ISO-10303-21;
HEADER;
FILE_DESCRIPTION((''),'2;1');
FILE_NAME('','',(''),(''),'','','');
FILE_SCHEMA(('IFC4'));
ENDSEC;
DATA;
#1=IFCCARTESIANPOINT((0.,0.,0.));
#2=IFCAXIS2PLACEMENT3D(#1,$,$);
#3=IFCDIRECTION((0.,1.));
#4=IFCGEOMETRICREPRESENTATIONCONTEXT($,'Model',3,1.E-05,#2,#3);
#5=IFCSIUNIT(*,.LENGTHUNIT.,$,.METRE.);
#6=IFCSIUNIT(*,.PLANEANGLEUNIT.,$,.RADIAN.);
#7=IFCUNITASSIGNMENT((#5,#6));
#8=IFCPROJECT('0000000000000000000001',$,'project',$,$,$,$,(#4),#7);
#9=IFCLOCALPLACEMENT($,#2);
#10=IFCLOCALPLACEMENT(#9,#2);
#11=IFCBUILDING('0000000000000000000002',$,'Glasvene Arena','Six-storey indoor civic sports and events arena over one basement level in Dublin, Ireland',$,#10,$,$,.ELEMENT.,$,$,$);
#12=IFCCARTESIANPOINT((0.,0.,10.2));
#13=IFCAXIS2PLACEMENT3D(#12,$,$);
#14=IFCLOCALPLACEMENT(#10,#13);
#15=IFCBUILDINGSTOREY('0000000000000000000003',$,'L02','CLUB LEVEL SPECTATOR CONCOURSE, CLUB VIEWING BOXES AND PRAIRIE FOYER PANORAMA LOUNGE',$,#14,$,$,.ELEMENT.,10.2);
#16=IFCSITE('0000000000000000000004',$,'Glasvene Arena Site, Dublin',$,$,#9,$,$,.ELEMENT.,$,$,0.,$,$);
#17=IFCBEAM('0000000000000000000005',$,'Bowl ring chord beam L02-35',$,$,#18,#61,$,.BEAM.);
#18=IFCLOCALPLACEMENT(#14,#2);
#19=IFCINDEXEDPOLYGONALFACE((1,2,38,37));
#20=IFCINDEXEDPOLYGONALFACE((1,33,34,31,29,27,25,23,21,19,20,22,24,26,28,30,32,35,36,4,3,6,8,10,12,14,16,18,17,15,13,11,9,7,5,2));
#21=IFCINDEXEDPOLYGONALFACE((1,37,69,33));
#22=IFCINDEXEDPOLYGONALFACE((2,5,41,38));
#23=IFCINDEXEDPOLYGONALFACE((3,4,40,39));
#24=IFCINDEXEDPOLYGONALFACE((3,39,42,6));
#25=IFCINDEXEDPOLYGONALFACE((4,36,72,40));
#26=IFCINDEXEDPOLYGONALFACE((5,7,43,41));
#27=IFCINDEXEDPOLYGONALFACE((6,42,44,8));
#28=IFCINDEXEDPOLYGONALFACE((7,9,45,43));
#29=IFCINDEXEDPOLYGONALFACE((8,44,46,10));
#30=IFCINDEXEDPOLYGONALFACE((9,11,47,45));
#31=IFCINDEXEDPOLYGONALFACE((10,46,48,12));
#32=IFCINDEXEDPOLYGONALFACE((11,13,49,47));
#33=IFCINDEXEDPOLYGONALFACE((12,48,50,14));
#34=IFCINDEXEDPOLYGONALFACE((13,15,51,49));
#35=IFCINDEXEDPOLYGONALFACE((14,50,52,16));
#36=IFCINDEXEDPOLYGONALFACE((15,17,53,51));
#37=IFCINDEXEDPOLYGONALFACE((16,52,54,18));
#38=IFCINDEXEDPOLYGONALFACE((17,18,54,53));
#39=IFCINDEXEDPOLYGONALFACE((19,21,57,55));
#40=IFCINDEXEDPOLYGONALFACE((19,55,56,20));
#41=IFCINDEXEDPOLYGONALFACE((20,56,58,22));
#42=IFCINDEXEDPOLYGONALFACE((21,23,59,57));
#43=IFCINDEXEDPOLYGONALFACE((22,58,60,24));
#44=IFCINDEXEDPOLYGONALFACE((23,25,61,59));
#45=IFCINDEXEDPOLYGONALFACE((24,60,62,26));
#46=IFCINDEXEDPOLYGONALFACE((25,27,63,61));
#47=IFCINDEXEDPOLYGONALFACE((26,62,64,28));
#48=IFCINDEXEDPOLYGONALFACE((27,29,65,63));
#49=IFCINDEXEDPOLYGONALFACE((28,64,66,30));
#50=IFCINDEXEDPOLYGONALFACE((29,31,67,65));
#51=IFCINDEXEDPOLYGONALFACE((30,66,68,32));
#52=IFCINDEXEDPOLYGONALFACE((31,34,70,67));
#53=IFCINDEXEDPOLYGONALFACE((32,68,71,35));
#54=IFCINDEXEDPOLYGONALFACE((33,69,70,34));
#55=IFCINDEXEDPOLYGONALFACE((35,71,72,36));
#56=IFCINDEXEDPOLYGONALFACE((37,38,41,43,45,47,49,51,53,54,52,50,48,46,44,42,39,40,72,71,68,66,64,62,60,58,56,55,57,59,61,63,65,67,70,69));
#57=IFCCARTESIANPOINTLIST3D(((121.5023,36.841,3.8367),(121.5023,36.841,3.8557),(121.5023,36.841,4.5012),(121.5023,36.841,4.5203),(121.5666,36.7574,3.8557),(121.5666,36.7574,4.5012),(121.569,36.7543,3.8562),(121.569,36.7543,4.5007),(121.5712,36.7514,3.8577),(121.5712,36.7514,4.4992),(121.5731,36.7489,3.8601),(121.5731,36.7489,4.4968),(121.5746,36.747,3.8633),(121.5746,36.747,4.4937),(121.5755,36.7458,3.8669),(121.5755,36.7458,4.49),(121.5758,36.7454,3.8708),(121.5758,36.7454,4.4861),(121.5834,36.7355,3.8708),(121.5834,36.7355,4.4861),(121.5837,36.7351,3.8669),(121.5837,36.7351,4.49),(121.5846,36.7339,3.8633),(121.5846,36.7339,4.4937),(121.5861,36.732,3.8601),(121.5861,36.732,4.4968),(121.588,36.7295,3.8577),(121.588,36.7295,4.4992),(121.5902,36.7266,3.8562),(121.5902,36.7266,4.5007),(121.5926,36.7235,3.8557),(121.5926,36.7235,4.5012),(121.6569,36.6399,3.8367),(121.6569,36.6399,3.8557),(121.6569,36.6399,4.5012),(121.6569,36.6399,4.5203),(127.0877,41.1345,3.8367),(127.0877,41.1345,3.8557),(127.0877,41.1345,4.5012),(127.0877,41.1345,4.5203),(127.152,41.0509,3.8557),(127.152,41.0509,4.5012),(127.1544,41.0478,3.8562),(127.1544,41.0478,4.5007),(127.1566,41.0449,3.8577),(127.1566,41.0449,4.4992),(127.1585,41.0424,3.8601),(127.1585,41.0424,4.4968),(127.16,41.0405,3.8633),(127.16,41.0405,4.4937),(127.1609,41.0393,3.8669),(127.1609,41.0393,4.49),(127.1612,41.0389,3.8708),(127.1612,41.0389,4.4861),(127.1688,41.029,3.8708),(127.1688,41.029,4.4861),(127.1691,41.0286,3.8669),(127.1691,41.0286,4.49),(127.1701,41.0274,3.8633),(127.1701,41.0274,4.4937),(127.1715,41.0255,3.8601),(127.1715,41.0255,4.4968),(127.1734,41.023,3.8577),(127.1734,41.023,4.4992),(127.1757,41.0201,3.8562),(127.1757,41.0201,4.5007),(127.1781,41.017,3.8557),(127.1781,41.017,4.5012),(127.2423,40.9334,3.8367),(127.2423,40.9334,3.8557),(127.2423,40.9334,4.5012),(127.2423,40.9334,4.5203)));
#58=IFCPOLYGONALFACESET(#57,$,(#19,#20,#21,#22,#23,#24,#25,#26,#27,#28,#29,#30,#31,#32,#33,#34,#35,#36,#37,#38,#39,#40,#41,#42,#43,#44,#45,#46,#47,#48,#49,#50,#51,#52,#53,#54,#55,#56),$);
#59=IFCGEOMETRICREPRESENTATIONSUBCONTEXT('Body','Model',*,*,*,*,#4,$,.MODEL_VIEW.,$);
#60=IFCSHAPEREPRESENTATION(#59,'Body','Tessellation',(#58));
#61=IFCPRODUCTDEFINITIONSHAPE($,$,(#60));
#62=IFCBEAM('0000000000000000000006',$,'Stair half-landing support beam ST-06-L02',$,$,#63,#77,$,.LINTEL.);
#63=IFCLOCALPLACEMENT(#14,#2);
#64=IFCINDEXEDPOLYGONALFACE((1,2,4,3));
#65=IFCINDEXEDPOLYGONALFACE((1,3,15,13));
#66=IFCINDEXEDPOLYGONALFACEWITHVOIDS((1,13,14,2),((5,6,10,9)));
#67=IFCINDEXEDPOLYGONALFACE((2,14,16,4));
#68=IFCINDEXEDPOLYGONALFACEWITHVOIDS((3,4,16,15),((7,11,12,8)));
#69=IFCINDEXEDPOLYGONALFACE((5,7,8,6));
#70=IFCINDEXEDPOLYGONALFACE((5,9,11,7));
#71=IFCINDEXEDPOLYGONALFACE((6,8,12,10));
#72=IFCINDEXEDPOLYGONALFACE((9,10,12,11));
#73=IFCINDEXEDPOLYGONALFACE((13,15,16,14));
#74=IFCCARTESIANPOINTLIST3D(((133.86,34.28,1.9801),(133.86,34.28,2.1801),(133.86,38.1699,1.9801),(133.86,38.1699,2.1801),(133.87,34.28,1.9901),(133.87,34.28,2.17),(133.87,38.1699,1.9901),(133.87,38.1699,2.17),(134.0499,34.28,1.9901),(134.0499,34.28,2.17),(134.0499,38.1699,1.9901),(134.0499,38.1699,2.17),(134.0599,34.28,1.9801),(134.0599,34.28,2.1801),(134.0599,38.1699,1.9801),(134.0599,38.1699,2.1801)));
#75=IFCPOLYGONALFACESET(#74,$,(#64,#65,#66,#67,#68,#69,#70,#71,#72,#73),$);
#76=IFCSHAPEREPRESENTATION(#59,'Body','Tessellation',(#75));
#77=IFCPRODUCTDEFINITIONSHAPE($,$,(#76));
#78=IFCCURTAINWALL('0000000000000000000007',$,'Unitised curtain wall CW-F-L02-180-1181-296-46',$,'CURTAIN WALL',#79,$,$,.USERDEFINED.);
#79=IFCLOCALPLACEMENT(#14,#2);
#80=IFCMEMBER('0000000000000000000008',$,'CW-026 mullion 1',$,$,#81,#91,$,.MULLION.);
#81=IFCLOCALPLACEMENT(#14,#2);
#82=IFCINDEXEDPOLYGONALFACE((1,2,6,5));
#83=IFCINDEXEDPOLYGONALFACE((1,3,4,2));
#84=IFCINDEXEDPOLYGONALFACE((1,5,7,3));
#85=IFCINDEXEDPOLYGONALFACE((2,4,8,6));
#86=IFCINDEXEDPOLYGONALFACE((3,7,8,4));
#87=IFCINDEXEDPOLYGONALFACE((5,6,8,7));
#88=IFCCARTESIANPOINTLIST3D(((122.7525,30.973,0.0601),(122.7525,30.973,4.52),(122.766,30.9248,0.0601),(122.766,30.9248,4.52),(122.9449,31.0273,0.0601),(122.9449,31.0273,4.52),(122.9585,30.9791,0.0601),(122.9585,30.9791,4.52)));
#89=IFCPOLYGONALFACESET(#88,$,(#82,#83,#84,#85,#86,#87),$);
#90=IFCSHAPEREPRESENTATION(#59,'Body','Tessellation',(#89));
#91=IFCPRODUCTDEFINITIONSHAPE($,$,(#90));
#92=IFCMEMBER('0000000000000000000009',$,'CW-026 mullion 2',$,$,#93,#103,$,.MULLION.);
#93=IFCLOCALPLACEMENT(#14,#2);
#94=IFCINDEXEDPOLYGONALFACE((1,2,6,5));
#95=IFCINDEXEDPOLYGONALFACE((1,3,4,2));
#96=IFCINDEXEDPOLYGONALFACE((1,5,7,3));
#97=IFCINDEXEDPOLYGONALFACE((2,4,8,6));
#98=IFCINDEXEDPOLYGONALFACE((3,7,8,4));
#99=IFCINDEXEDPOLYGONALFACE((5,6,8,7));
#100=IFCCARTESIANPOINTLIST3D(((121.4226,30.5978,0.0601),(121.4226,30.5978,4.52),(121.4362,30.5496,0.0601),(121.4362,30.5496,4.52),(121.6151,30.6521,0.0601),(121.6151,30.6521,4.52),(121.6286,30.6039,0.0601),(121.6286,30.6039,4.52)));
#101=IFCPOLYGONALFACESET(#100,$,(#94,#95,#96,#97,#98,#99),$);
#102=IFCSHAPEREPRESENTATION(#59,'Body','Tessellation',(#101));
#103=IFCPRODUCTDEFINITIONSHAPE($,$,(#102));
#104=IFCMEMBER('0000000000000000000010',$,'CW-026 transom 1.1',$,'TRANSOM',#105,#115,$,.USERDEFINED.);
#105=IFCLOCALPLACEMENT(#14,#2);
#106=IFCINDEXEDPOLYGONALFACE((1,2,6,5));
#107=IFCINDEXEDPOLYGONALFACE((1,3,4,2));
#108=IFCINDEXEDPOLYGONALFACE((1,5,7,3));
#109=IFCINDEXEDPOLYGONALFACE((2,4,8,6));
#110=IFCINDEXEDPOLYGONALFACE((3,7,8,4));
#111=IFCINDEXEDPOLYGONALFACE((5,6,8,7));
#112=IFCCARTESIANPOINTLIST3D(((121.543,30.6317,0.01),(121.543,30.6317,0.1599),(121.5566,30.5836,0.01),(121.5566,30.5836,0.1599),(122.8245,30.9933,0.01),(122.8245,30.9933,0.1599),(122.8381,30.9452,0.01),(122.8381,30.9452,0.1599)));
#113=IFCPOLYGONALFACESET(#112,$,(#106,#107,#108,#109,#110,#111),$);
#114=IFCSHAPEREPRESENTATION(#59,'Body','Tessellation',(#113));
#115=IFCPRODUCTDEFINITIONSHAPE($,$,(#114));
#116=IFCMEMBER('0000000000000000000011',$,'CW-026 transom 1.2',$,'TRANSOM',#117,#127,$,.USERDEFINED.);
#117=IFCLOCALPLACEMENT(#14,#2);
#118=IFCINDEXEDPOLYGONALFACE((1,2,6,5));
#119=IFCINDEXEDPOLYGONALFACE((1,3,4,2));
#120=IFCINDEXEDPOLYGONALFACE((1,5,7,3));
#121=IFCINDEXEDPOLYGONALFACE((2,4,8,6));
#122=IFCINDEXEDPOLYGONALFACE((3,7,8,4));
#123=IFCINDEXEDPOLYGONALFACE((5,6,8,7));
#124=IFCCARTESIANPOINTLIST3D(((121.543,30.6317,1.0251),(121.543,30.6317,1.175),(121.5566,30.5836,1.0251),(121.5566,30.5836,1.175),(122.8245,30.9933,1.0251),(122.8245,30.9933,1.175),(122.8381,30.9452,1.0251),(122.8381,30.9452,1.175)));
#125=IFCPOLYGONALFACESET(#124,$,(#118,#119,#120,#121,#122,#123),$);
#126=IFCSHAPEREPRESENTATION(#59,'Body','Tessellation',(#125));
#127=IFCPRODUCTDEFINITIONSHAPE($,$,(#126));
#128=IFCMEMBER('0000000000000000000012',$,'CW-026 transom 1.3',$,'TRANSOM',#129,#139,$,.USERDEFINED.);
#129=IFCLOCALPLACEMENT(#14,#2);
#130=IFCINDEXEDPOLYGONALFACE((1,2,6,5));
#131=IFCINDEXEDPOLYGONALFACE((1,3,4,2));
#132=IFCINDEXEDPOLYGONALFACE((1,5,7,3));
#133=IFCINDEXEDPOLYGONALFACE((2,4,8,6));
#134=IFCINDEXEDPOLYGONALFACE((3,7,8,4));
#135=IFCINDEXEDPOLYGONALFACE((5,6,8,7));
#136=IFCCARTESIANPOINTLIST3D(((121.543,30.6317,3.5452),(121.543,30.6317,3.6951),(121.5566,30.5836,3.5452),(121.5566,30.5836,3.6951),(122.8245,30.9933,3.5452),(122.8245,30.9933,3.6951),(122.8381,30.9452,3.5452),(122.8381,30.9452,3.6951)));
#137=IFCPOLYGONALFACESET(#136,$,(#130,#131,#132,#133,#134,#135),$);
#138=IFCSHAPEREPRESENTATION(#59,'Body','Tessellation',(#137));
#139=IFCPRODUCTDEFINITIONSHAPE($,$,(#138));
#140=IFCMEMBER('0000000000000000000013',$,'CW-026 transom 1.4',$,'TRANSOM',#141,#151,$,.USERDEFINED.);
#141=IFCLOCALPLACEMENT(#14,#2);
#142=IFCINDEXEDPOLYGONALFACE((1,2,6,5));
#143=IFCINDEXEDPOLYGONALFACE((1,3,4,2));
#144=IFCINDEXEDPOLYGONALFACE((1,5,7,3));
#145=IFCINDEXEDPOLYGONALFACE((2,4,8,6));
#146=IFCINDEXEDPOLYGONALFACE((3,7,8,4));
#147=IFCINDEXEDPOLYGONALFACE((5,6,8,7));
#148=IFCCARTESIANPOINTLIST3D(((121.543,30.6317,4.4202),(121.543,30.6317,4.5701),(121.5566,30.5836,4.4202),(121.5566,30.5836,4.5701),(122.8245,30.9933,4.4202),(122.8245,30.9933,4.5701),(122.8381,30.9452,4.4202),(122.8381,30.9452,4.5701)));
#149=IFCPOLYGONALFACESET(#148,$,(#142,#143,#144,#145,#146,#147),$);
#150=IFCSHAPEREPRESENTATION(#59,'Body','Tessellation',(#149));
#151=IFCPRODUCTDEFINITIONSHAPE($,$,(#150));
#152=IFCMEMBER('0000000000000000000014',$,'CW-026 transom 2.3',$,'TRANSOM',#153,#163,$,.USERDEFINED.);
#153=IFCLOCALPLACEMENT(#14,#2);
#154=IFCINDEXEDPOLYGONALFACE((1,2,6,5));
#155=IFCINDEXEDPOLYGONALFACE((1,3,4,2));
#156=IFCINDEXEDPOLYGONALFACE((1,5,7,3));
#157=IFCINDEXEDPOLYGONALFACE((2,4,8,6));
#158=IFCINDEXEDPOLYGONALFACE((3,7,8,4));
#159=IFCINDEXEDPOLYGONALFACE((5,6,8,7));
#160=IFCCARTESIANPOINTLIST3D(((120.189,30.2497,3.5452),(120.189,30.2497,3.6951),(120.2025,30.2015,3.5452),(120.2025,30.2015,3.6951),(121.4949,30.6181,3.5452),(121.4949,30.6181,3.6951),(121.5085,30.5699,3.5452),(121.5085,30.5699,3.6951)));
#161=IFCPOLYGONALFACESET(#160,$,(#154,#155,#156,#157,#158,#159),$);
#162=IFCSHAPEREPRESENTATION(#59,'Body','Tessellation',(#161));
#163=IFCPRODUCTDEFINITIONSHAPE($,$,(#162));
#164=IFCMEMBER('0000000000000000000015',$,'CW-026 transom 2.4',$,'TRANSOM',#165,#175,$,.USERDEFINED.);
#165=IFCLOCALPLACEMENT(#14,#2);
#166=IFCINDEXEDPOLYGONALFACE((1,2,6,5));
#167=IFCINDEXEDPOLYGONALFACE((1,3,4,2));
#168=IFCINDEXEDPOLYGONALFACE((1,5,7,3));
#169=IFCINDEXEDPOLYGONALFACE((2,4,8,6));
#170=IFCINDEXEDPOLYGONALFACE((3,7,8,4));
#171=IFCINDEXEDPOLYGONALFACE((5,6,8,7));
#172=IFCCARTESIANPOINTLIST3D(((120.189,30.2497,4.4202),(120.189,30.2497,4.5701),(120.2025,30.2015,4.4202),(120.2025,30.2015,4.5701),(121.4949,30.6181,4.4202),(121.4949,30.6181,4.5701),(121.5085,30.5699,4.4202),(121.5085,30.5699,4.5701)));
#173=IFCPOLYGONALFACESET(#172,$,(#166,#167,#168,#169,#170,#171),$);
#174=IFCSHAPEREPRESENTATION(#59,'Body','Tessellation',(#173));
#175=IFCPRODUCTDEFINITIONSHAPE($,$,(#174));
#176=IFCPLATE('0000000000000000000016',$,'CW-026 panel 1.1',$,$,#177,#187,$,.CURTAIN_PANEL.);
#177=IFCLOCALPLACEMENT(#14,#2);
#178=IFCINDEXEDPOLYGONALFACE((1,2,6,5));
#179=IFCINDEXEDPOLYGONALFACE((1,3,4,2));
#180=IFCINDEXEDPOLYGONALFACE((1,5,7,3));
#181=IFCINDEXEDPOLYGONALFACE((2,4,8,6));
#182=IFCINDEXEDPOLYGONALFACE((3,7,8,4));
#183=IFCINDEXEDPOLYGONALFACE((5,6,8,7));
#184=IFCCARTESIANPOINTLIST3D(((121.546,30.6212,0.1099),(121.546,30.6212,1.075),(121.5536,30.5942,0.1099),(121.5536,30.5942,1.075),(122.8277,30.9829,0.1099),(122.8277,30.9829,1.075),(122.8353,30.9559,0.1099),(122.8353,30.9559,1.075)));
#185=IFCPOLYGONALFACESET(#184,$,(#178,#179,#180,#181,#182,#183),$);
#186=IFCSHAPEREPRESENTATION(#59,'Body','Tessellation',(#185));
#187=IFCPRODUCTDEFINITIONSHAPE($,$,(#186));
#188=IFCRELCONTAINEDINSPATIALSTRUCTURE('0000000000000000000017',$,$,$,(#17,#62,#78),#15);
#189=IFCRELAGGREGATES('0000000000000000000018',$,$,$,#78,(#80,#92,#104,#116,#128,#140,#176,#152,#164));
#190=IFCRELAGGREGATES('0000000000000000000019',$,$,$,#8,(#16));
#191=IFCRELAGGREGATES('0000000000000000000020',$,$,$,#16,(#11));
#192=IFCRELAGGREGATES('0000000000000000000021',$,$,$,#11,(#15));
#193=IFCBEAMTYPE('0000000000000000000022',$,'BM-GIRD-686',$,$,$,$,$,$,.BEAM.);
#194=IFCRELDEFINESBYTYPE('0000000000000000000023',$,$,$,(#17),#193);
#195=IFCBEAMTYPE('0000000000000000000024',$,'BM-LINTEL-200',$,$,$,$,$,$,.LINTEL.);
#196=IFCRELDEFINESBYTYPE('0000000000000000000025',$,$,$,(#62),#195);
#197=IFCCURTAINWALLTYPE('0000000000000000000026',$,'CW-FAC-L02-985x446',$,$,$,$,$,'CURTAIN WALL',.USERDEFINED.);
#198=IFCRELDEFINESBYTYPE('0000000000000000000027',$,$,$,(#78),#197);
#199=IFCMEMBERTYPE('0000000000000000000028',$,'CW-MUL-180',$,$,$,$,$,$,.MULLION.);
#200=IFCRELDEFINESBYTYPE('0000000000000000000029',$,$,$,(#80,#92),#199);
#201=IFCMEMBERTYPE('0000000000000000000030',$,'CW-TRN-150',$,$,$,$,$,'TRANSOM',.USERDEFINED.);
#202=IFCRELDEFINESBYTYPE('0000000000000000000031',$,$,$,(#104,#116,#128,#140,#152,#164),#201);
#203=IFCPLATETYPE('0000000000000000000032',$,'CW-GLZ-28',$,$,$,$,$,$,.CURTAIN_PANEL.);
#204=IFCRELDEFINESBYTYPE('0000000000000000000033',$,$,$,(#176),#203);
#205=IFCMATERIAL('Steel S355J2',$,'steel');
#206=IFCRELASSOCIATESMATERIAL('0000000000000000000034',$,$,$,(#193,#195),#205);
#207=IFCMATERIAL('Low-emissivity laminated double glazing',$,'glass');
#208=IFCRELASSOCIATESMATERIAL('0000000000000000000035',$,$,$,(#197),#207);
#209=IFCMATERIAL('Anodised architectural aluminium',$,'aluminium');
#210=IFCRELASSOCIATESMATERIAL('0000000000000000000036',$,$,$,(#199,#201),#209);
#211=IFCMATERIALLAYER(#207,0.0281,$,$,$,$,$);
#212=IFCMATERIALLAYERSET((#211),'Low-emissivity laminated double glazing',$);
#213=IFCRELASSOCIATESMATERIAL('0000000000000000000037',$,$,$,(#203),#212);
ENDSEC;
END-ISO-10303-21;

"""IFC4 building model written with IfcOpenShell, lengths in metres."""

from ifc_helpers import new_model, si_unit, direction, frame, origin, origin_2d, place, context, subcontext, project, spatial, rectangle, hollow_rectangle, i_section, extrude, material, layer, layer_set, material_profile, profile_set, type_object, element, aggregate, save


model = new_model("IFC4")

# Units and contexts
model_context = context("Model", 3, precision=1e-05, world=origin(), true_north=direction((0.0, 1.0)))
body_context = subcontext(model_context, "Body", "Model", "MODEL_VIEW")
ifc_project = project(units=[si_unit("LENGTHUNIT", "METRE"), si_unit("PLANEANGLEUNIT", "RADIAN")], contexts=[model_context])

# Site, building, storey
site_placement = place(None, origin())
site = spatial("IfcSite", under=ifc_project, at=site_placement, Name="Glasvene Arena Site, Dublin", CompositionType="ELEMENT", RefElevation=0.0)
building_placement = place(site_placement, origin())
building = spatial("IfcBuilding", under=site, at=building_placement, Name="Glasvene Arena", Description="Six-storey indoor civic sports and events arena over one basement level in Dublin, Ireland", CompositionType="ELEMENT")
storey_placement = place(building_placement, frame((0.0, 0.0, 10.2)))
storey = spatial("IfcBuildingStorey", under=building, at=storey_placement, Name="L02", Description="CLUB LEVEL SPECTATOR CONCOURSE, CLUB VIEWING BOXES AND PRAIRIE FOYER PANORAMA LOUNGE", CompositionType="ELEMENT", Elevation=10.2)

# Shared definitions
ifc_material_1 = material(Name="Steel S355J2", Category="steel")

# Beams
ifc_material_profile_1 = material_profile(ifc_material_1, i_section(OverallWidth=0.2537, OverallDepth=0.6836, WebThickness=0.0125, FlangeThickness=0.019, FilletRadius=0.0151, at=origin_2d()), Name="UKB 686x254x140")
ifc_profile_set_1 = profile_set([ifc_material_profile_1], Name="Steel S355J2")
beam_type_1 = type_object("IfcBeamType", Name="BM-GIRD-686", PredefinedType="BEAM", material=ifc_profile_set_1)
beam_1_placement = place(storey_placement, frame((121.5796, 36.7405, 4.1785), z_axis=(0.792833, 0.609439, 0.0), x_axis=(-0.609439, 0.792833, 0.0)))
element("IfcBeam", 1, at=beam_1_placement, inside=storey, type_object=beam_type_1, Name="Bowl ring chord beam L02-35", PredefinedType="BEAM", context=body_context, shape_type="SweptSolid", body=[
    extrude(i_section(OverallWidth=0.2537, OverallDepth=0.6836, WebThickness=0.0125, FlangeThickness=0.019, FilletRadius=0.0151, at=origin_2d()), origin(), (0.0, 0.0, 1.0), 7.0449),
])
ifc_material_profile_2 = material_profile(ifc_material_1, hollow_rectangle(XDim=0.2, YDim=0.2, WallThickness=0.01, at=origin_2d()), Name="SHS 200x200x10.0")
ifc_profile_set_2 = profile_set([ifc_material_profile_2], Name="Steel S355J2")
beam_type_2 = type_object("IfcBeamType", Name="BM-LINTEL-200", PredefinedType="LINTEL", material=ifc_profile_set_2)
beam_2_placement = place(storey_placement, frame((133.96, 34.28, 2.0801), z_axis=(0.0, 1.0, 0.0), x_axis=(-1.0, 0.0, 0.0)))
element("IfcBeam", 2, at=beam_2_placement, inside=storey, type_object=beam_type_2, Name="Stair half-landing support beam ST-06-L02", PredefinedType="LINTEL", context=body_context, shape_type="SweptSolid", body=[
    extrude(hollow_rectangle(XDim=0.2, YDim=0.2, WallThickness=0.01, at=origin_2d()), origin(), (0.0, 0.0, 1.0), 3.8899),
])

# Curtain wall, members, plate
ifc_material_2 = material(Name="Low-emissivity laminated double glazing", Category="glass")
curtain_wall_type = type_object("IfcCurtainWallType", Name="CW-FAC-L02-985x446", ElementType="CURTAIN WALL", PredefinedType="USERDEFINED", material=ifc_material_2)
curtain_wall_placement = place(storey_placement, frame((122.8794, 30.9829, 0.0)))
curtain_wall = element("IfcCurtainWall", 3, at=curtain_wall_placement, inside=storey, type_object=curtain_wall_type, Name="Unitised curtain wall CW-F-L02-180-1181-296-46", ObjectType="CURTAIN WALL", PredefinedType="USERDEFINED")
ifc_material_3 = material(Name="Anodised architectural aluminium", Category="aluminium")
ifc_material_profile_3 = material_profile(ifc_material_3, rectangle(XDim=0.05, YDim=0.2, at=origin_2d()), Name="ALU MULLION 50x200")
ifc_profile_set_3 = profile_set([ifc_material_profile_3], Name="Anodised architectural aluminium")
member_type_1 = type_object("IfcMemberType", Name="CW-MUL-180", PredefinedType="MULLION", material=ifc_profile_set_3)
member_1_placement = place(storey_placement, frame((122.8555, 30.9761, 0.0601), z_axis=(0.0, 0.0, 1.0), x_axis=(0.271597, -0.962411, 0.0)))
member_1 = element("IfcMember", 4, at=member_1_placement, type_object=member_type_1, Name="CW-026 mullion 1", PredefinedType="MULLION", context=body_context, shape_type="SweptSolid", body=[
    extrude(rectangle(XDim=0.05, YDim=0.2, at=origin_2d()), origin(), (0.0, 0.0, 1.0), 4.46),
])
member_2_placement = place(storey_placement, frame((121.5256, 30.6008, 0.0601), z_axis=(0.0, 0.0, 1.0), x_axis=(0.271597, -0.962411, 0.0)))
member_2 = element("IfcMember", 5, at=member_2_placement, type_object=member_type_1, Name="CW-026 mullion 2", PredefinedType="MULLION", context=body_context, shape_type="SweptSolid", body=[
    extrude(rectangle(XDim=0.05, YDim=0.2, at=origin_2d()), origin(), (0.0, 0.0, 1.0), 4.46),
])
ifc_material_profile_4 = material_profile(ifc_material_3, rectangle(XDim=0.05, YDim=0.1499, at=origin_2d()), Name="ALU TRANSOM 50x150")
ifc_profile_set_4 = profile_set([ifc_material_profile_4], Name="Anodised architectural aluminium")
member_type_2 = type_object("IfcMemberType", Name="CW-TRN-150", ElementType="TRANSOM", PredefinedType="USERDEFINED", material=ifc_profile_set_4)
member_3_placement = place(storey_placement, frame((122.8313, 30.9692, 0.085), z_axis=(-0.962425, -0.271547, 0.0), x_axis=(0.271547, -0.962425, 0.0)))
member_3 = element("IfcMember", 6, at=member_3_placement, type_object=member_type_2, Name="CW-026 transom 1.1", ObjectType="TRANSOM", PredefinedType="USERDEFINED", context=body_context, shape_type="SweptSolid", body=[
    extrude(rectangle(XDim=0.05, YDim=0.1499, at=origin_2d()), origin(), (0.0, 0.0, 1.0), 1.3315),
])
member_4_placement = place(storey_placement, frame((122.8313, 30.9692, 1.1001), z_axis=(-0.962425, -0.271547, 0.0), x_axis=(0.271547, -0.962425, 0.0)))
member_4 = element("IfcMember", 7, at=member_4_placement, type_object=member_type_2, Name="CW-026 transom 1.2", ObjectType="TRANSOM", PredefinedType="USERDEFINED", context=body_context, shape_type="SweptSolid", body=[
    extrude(rectangle(XDim=0.05, YDim=0.1499, at=origin_2d()), origin(), (0.0, 0.0, 1.0), 1.3315),
])
member_5_placement = place(storey_placement, frame((122.8313, 30.9692, 3.6201), z_axis=(-0.962425, -0.271547, 0.0), x_axis=(0.271547, -0.962425, 0.0)))
member_5 = element("IfcMember", 8, at=member_5_placement, type_object=member_type_2, Name="CW-026 transom 1.3", ObjectType="TRANSOM", PredefinedType="USERDEFINED", context=body_context, shape_type="SweptSolid", body=[
    extrude(rectangle(XDim=0.05, YDim=0.1499, at=origin_2d()), origin(), (0.0, 0.0, 1.0), 1.3315),
])
member_6_placement = place(storey_placement, frame((122.8313, 30.9692, 4.4951), z_axis=(-0.962425, -0.271547, 0.0), x_axis=(0.271547, -0.962425, 0.0)))
member_6 = element("IfcMember", 9, at=member_6_placement, type_object=member_type_2, Name="CW-026 transom 1.4", ObjectType="TRANSOM", PredefinedType="USERDEFINED", context=body_context, shape_type="SweptSolid", body=[
    extrude(rectangle(XDim=0.05, YDim=0.1499, at=origin_2d()), origin(), (0.0, 0.0, 1.0), 1.3315),
])
member_7_placement = place(storey_placement, frame((121.5017, 30.594, 3.6201), z_axis=(-0.962435, -0.271511, 0.0), x_axis=(0.271511, -0.962435, 0.0)))
member_7 = element("IfcMember", 10, at=member_7_placement, type_object=member_type_2, Name="CW-026 transom 2.3", ObjectType="TRANSOM", PredefinedType="USERDEFINED", context=body_context, shape_type="SweptSolid", body=[
    extrude(rectangle(XDim=0.05, YDim=0.1499, at=origin_2d()), origin(), (0.0, 0.0, 1.0), 1.3569),
])
member_8_placement = place(storey_placement, frame((121.5017, 30.594, 4.4951), z_axis=(-0.962435, -0.271511, 0.0), x_axis=(0.271511, -0.962435, 0.0)))
member_8 = element("IfcMember", 11, at=member_8_placement, type_object=member_type_2, Name="CW-026 transom 2.4", ObjectType="TRANSOM", PredefinedType="USERDEFINED", context=body_context, shape_type="SweptSolid", body=[
    extrude(rectangle(XDim=0.05, YDim=0.1499, at=origin_2d()), origin(), (0.0, 0.0, 1.0), 1.3569),
])
ifc_layer_1 = layer(ifc_material_2, 0.0281)
ifc_layer_set_1 = layer_set([ifc_layer_1], Name="Low-emissivity laminated double glazing")
plate_type = type_object("IfcPlateType", Name="CW-GLZ-28", PredefinedType="CURTAIN_PANEL", material=ifc_layer_set_1)
plate_1_placement = place(storey_placement, frame((122.1907, 30.7886, 0.1099), z_axis=(0.0, 0.0, 1.0), x_axis=(-0.962411, -0.271597, 0.0)))
plate_1 = element("IfcPlate", 12, at=plate_1_placement, type_object=plate_type, Name="CW-026 panel 1.1", PredefinedType="CURTAIN_PANEL", context=body_context, shape_type="SweptSolid", body=[
    extrude(rectangle(XDim=1.3318, YDim=0.0281, at=origin_2d()), origin(), (0.0, 0.0, 1.0), 0.9651),
])
aggregate(curtain_wall, [member_1, member_2, member_3, member_4, member_5, member_6, plate_1, member_7, member_8])

save(model, "model.ifc")
